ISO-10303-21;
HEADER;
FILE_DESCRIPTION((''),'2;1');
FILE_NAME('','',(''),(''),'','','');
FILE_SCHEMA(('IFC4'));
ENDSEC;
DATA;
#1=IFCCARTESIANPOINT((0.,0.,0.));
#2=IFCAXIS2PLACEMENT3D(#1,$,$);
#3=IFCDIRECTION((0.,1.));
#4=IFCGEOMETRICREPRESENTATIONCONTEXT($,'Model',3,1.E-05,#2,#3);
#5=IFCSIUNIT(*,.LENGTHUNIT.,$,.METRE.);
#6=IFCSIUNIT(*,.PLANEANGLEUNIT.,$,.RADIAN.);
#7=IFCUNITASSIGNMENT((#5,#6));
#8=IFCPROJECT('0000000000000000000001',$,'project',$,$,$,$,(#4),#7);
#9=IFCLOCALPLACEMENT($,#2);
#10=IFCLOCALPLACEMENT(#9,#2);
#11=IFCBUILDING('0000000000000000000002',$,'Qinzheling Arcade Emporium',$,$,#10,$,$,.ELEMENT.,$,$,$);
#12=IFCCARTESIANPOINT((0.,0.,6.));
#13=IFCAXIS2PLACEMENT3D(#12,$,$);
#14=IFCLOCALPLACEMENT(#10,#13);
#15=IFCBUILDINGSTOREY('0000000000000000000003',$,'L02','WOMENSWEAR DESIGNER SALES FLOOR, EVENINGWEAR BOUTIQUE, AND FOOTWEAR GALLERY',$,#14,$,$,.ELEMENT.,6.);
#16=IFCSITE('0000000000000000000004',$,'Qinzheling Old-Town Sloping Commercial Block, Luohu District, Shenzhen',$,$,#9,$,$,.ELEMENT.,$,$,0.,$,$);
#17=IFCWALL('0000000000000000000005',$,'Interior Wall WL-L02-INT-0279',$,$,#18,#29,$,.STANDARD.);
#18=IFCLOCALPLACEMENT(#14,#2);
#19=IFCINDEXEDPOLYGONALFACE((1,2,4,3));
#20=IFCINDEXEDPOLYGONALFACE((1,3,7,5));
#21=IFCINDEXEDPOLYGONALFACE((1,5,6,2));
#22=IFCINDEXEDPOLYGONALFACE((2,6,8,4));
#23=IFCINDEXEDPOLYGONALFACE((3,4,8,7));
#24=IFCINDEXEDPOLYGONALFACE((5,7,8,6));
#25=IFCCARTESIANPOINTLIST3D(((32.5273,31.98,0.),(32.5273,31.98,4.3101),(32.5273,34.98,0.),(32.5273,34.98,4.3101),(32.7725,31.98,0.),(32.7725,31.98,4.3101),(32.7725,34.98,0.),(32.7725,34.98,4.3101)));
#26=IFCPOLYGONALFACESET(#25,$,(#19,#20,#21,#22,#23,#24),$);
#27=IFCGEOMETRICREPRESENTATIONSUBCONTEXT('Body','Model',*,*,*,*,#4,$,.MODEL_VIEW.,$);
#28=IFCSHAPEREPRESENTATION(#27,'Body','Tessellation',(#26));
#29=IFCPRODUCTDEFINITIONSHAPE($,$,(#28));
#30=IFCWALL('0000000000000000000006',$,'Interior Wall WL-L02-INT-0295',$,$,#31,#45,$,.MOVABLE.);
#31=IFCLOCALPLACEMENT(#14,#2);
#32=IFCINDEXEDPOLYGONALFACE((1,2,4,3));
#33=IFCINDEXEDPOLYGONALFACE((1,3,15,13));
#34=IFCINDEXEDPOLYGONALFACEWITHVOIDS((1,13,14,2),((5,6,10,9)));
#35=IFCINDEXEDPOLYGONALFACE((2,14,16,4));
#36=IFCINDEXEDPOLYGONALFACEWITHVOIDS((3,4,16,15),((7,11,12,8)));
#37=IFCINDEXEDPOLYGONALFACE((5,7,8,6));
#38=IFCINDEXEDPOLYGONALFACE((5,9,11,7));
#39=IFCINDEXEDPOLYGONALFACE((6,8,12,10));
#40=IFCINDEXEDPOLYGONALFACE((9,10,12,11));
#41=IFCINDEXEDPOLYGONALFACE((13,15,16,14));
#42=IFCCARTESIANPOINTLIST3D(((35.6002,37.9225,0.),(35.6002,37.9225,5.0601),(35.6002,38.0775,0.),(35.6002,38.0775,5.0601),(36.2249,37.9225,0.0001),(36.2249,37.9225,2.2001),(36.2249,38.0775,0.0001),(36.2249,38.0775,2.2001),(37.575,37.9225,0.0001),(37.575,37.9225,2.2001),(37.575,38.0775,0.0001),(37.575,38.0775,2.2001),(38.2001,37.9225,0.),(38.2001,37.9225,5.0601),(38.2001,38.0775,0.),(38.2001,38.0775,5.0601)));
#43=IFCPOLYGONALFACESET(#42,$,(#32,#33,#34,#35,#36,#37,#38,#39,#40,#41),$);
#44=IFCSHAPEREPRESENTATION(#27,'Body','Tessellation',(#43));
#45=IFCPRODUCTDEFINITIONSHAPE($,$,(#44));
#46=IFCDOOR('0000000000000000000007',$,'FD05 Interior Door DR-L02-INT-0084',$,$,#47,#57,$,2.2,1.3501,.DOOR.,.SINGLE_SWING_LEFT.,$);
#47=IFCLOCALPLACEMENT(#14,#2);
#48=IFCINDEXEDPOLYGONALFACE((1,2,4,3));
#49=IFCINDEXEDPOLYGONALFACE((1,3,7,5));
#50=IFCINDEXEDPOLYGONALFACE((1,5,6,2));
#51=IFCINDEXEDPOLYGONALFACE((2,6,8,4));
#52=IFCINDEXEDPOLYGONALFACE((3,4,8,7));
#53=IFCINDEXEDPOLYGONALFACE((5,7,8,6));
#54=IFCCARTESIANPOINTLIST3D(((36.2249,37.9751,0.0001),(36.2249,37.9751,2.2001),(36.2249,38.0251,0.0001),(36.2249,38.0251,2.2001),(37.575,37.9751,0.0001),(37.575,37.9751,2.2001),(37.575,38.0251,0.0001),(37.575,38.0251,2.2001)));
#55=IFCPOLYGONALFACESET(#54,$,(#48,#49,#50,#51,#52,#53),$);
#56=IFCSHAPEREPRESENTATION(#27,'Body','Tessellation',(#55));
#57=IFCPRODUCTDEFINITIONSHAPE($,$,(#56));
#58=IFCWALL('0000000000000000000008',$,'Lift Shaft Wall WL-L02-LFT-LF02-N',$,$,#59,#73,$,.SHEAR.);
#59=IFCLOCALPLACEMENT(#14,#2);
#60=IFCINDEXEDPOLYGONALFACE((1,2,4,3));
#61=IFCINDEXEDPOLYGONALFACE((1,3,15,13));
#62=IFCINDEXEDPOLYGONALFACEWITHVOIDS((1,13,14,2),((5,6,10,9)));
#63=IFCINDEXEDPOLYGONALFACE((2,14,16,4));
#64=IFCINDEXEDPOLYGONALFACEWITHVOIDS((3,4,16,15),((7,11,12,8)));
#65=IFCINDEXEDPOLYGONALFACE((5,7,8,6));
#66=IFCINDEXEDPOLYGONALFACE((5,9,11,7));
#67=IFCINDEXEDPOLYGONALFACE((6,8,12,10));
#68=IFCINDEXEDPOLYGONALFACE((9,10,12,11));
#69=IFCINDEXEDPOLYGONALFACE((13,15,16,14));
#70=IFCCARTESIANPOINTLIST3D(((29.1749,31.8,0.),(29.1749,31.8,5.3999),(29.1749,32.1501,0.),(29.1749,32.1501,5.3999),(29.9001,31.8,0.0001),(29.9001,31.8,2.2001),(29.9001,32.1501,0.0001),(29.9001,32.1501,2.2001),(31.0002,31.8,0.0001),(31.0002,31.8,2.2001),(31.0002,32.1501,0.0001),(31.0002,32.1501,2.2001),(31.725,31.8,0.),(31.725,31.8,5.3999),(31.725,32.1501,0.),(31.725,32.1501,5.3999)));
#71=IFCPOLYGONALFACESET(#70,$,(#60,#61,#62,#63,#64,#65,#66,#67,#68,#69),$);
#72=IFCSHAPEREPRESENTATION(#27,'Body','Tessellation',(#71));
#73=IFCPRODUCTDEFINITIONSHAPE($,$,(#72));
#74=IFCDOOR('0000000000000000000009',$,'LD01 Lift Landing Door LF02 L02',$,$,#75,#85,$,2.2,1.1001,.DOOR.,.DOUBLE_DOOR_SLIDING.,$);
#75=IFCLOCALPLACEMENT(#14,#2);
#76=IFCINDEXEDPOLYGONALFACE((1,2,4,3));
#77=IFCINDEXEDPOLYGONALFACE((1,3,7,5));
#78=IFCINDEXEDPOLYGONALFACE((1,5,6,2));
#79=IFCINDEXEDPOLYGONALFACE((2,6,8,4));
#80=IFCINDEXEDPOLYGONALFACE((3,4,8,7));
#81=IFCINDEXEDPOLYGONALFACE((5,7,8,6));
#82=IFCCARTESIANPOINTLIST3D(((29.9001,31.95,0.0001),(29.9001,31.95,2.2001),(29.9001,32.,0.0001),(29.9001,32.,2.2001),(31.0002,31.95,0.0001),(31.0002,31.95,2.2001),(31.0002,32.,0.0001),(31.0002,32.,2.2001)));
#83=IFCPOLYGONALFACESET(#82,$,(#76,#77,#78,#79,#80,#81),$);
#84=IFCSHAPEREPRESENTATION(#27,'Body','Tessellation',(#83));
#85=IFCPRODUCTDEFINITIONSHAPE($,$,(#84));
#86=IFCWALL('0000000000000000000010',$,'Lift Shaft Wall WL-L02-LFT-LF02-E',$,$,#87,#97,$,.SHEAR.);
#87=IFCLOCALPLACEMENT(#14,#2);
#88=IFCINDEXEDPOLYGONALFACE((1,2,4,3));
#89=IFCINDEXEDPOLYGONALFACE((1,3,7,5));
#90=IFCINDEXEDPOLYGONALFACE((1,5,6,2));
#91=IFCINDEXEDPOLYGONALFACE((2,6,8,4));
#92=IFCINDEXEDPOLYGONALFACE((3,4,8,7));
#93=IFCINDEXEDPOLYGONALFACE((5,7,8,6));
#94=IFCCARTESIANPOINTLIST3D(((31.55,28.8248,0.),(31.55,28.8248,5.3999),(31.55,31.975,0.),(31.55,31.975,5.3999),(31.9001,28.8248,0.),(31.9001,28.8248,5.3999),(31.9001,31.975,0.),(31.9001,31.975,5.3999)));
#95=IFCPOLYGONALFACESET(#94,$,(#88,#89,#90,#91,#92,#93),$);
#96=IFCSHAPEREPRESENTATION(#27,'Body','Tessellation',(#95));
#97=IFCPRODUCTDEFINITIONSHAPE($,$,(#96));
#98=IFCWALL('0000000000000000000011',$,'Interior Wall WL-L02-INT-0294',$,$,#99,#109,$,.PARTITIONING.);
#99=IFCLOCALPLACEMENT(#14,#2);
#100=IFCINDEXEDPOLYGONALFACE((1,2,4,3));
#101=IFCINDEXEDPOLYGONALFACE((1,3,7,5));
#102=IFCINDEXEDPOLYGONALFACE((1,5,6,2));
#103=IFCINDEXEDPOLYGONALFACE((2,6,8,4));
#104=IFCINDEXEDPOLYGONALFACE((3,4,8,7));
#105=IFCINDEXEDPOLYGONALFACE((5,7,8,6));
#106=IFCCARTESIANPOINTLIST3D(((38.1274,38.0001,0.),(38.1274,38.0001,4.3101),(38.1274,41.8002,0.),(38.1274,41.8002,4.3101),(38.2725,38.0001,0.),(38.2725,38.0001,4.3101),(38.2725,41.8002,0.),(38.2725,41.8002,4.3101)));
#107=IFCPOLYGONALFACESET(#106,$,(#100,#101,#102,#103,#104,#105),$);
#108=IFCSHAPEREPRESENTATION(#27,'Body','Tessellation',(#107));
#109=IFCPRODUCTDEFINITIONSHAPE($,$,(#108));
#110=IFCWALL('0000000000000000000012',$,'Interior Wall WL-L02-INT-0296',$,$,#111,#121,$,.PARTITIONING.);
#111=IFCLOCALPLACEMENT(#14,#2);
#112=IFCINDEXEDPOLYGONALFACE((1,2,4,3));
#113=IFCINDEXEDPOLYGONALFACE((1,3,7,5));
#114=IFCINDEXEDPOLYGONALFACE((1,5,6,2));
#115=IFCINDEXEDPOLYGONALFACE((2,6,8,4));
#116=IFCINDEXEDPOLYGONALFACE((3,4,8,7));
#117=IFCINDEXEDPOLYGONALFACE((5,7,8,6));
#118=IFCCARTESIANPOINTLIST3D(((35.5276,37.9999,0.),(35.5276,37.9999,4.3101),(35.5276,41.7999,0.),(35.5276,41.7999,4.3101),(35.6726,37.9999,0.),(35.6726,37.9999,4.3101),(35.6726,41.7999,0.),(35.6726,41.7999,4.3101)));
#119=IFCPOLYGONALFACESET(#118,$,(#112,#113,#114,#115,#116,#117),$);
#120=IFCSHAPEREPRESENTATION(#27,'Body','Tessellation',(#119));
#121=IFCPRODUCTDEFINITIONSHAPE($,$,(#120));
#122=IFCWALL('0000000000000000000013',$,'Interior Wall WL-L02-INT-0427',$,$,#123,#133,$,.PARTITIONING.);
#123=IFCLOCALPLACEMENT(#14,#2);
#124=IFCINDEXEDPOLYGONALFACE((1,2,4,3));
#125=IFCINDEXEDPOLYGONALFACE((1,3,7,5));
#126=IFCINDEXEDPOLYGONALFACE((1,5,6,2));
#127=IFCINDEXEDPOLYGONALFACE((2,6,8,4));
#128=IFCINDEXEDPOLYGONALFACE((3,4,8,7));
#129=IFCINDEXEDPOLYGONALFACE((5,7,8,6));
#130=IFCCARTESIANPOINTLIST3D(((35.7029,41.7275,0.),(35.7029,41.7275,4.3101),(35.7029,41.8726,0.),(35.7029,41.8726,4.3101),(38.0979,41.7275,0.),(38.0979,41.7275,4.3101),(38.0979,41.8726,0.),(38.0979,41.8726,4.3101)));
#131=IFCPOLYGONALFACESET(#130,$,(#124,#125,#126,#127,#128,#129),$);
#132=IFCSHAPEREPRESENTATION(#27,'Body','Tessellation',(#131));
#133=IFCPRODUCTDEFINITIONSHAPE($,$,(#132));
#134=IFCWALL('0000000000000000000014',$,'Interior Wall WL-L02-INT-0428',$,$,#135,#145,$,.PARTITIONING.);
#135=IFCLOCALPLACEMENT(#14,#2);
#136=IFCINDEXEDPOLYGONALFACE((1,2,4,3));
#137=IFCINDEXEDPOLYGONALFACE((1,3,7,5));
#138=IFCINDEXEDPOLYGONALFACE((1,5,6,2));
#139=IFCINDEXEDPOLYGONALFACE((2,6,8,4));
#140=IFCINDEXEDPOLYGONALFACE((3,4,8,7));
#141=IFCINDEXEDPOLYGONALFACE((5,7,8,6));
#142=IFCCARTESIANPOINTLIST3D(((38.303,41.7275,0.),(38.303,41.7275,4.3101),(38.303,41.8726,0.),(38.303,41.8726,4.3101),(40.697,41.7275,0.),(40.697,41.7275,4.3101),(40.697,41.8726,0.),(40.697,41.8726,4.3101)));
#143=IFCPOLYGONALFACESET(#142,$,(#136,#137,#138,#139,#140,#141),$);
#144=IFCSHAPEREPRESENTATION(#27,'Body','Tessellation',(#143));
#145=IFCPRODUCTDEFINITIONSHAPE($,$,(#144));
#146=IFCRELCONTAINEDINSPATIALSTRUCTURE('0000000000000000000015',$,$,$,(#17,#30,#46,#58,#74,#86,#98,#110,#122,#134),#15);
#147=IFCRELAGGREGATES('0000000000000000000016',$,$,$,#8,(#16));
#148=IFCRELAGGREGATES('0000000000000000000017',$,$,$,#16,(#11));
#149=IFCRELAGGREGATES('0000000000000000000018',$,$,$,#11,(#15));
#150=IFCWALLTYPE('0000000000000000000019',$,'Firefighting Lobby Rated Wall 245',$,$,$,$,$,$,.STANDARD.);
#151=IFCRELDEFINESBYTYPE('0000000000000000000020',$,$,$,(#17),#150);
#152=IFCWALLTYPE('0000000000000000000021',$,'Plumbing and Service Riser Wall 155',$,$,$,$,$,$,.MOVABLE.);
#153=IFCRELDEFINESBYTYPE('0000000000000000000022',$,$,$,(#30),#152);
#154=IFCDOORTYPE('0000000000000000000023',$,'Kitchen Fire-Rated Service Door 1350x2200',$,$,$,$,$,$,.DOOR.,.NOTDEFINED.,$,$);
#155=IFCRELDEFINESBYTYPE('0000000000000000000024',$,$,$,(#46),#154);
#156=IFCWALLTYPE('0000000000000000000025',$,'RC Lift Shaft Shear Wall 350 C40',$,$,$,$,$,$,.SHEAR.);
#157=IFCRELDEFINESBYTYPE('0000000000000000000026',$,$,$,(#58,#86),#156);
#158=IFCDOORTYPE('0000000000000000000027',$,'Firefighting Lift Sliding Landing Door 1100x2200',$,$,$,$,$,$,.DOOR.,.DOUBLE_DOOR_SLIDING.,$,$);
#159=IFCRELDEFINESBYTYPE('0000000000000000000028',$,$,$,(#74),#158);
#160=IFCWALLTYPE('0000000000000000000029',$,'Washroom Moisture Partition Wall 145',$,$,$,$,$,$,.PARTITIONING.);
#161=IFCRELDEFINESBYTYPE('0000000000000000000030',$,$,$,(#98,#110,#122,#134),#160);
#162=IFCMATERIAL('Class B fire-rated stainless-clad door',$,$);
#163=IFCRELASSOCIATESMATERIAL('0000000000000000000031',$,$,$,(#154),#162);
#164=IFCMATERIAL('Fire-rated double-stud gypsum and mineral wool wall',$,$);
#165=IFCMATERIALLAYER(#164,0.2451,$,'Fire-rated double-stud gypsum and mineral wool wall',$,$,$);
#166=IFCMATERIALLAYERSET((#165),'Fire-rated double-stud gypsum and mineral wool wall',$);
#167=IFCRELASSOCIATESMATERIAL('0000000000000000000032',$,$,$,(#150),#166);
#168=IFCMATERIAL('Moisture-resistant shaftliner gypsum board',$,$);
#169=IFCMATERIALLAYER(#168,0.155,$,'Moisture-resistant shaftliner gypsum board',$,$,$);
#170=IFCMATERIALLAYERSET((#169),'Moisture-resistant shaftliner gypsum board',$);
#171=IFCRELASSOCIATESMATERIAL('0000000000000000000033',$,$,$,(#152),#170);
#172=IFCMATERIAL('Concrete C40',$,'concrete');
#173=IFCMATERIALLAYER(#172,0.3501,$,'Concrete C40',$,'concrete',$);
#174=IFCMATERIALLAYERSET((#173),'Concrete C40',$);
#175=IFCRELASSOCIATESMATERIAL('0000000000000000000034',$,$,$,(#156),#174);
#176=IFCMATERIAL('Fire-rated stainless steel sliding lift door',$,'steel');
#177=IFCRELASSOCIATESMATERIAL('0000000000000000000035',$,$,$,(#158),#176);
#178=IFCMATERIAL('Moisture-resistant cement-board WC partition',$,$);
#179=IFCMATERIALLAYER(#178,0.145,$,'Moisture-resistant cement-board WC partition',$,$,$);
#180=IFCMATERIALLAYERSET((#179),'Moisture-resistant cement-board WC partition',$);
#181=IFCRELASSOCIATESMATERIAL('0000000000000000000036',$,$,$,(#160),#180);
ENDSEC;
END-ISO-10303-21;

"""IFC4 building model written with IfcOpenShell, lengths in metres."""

from ifc_helpers import new_model, si_unit, direction, frame, frame_2d, origin, place, context, subcontext, project, spatial, rectangle, extrude, material, layer, layer_set, type_object, element, fill, save


model = new_model("IFC4")

# Units and contexts
model_context = context("Model", 3, precision=1e-05, world=origin(), true_north=direction((0.0, 1.0)))
body_context = subcontext(model_context, "Body", "Model", "MODEL_VIEW")
ifc_project = project(units=[si_unit("LENGTHUNIT", "METRE"), si_unit("PLANEANGLEUNIT", "RADIAN")], contexts=[model_context])

# Site, building, storey
site_placement = place(None, origin())
site = spatial("IfcSite", under=ifc_project, at=site_placement, Name="Qinzheling Old-Town Sloping Commercial Block, Luohu District, Shenzhen", CompositionType="ELEMENT", RefElevation=0.0)
building_placement = place(site_placement, origin())
building = spatial("IfcBuilding", under=site, at=building_placement, Name="Qinzheling Arcade Emporium", CompositionType="ELEMENT")
storey_placement = place(building_placement, frame((0.0, 0.0, 6.0)))
storey = spatial("IfcBuildingStorey", under=building, at=storey_placement, Name="L02", Description="WOMENSWEAR DESIGNER SALES FLOOR, EVENINGWEAR BOUTIQUE, AND FOOTWEAR GALLERY", CompositionType="ELEMENT", Elevation=6.0)

# Shared definitions
ifc_material_1 = material(Name="Concrete C40", Category="concrete")

# Shared definitions
ifc_material_2 = material(Name="Class B fire-rated stainless-clad door")
door_type_1 = type_object("IfcDoorType", Name="Kitchen Fire-Rated Service Door 1350x2200", OperationType="NOTDEFINED", PredefinedType="DOOR", material=ifc_material_2)
ifc_material_3 = material(Name="Fire-rated double-stud gypsum and mineral wool wall")
ifc_layer_1 = layer(ifc_material_3, 0.2451, Name="Fire-rated double-stud gypsum and mineral wool wall")
ifc_layer_set_1 = layer_set([ifc_layer_1], Name="Fire-rated double-stud gypsum and mineral wool wall")
wall_type_1 = type_object("IfcWallType", Name="Firefighting Lobby Rated Wall 245", PredefinedType="STANDARD", material=ifc_layer_set_1)

# Wall
for number, where, z_axis, x_axis, name in (
    (1, (32.6499, 34.98, 0.0), (0.0, 0.0, 1.0), (0.0, -1.0, 0.0), "Interior Wall WL-L02-INT-0279"),
):
    element("IfcWall", number, at=place(storey_placement, frame(where, z_axis=z_axis, x_axis=x_axis)), inside=storey, type_object=wall_type_1, Name=name, PredefinedType="STANDARD", context=body_context, shape_type="SweptSolid", body=[
        extrude(rectangle(XDim=3.0, YDim=0.2451, at=frame_2d((1.5, 0.0))), origin(), (0.0, 0.0, 1.0), 4.3101),
    ])

# Walls, openings, doors
ifc_material_4 = material(Name="Moisture-resistant shaftliner gypsum board")
ifc_layer_2 = layer(ifc_material_4, 0.155, Name="Moisture-resistant shaftliner gypsum board")
ifc_layer_set_2 = layer_set([ifc_layer_2], Name="Moisture-resistant shaftliner gypsum board")
wall_type_2 = type_object("IfcWallType", Name="Plumbing and Service Riser Wall 155", PredefinedType="MOVABLE", material=ifc_layer_set_2)
wall_1_placement = place(storey_placement, frame((38.2, 38.0, 0.0), z_axis=(0.0, 0.0, 1.0), x_axis=(-1.0, 0.0, 0.0)))
wall_1 = element("IfcWall", 2, at=wall_1_placement, inside=storey, type_object=wall_type_2, Name="Interior Wall WL-L02-INT-0295", PredefinedType="MOVABLE", context=body_context, shape_type="SweptSolid", body=[
    extrude(rectangle(XDim=2.5999, YDim=0.155, at=frame_2d((1.2998, 0.0))), origin(), (0.0, 0.0, 1.0), 5.0601),
])
opening_1_placement = place(wall_1_placement, frame((0.625, 0.0, 0.0)))
opening_1 = element("IfcOpeningElement", 3, at=opening_1_placement, cuts=wall_1, PredefinedType="OPENING", context=body_context, shape_type="SweptSolid", body=[
    extrude(rectangle(XDim=1.3501, YDim=2.2, at=frame_2d((0.675, 1.1001))), frame((0.0, 0.0874, 0.0), z_axis=(0.0, -1.0, 0.0), x_axis=(1.0, 0.0, 0.0)), (0.0, 0.0, 1.0), 0.175),
])
door_1_placement = place(opening_1_placement, origin())
door_1 = element("IfcDoor", 4, at=door_1_placement, inside=storey, type_object=door_type_1, Name="FD05 Interior Door DR-L02-INT-0084", OperationType="SINGLE_SWING_LEFT", OverallHeight=2.2, OverallWidth=1.3501, PredefinedType="DOOR", context=body_context, shape_type="SweptSolid", body=[
    extrude(rectangle(XDim=1.3501, YDim=2.2, at=frame_2d((0.675, 1.1001))), frame((0.0, 0.0249, 0.0), z_axis=(0.0, -1.0, 0.0), x_axis=(1.0, 0.0, 0.0)), (0.0, 0.0, 1.0), 0.05),
])
fill(opening_1, door_1)
ifc_layer_3 = layer(ifc_material_1, 0.3501, Name="Concrete C40", Category="concrete")
ifc_layer_set_3 = layer_set([ifc_layer_3], Name="Concrete C40")
wall_type_3 = type_object("IfcWallType", Name="RC Lift Shaft Shear Wall 350 C40", PredefinedType="SHEAR", material=ifc_layer_set_3)
wall_2_placement = place(storey_placement, frame((29.175, 31.9751, 0.0), z_axis=(0.0, 0.0, 1.0), x_axis=(1.0, 0.0, 0.0)))
wall_2 = element("IfcWall", 5, at=wall_2_placement, inside=storey, type_object=wall_type_3, Name="Lift Shaft Wall WL-L02-LFT-LF02-N", PredefinedType="SHEAR", context=body_context, shape_type="SweptSolid", body=[
    extrude(rectangle(XDim=2.55, YDim=0.3501, at=frame_2d((1.2749, 0.0))), origin(), (0.0, 0.0, 1.0), 5.3999),
])
opening_2_placement = place(wall_2_placement, frame((0.7251, 0.0, 0.0)))
opening_2 = element("IfcOpeningElement", 6, at=opening_2_placement, cuts=wall_2, PredefinedType="OPENING", context=body_context, shape_type="SweptSolid", body=[
    extrude(rectangle(XDim=1.1001, YDim=2.2, at=frame_2d((0.55, 1.1001))), frame((0.0, 0.1851, 0.0), z_axis=(0.0, -1.0, 0.0), x_axis=(1.0, 0.0, 0.0)), (0.0, 0.0, 1.0), 0.3701),
])
ifc_material_5 = material(Name="Fire-rated stainless steel sliding lift door", Category="steel")
door_type_2 = type_object("IfcDoorType", Name="Firefighting Lift Sliding Landing Door 1100x2200", OperationType="DOUBLE_DOOR_SLIDING", PredefinedType="DOOR", material=ifc_material_5)
door_2_placement = place(opening_2_placement, origin())
door_2 = element("IfcDoor", 7, at=door_2_placement, inside=storey, type_object=door_type_2, Name="LD01 Lift Landing Door LF02 L02", OperationType="DOUBLE_DOOR_SLIDING", OverallHeight=2.2, OverallWidth=1.1001, PredefinedType="DOOR", context=body_context, shape_type="SweptSolid", body=[
    extrude(rectangle(XDim=1.1001, YDim=2.2, at=frame_2d((0.55, 1.1001))), frame((0.0, 0.0249, 0.0), z_axis=(0.0, -1.0, 0.0), x_axis=(1.0, 0.0, 0.0)), (0.0, 0.0, 1.0), 0.05),
])
fill(opening_2, door_2)

# Walls
wall_3_placement = place(storey_placement, frame((31.7251, 31.9751, 0.0), z_axis=(0.0, 0.0, 1.0), x_axis=(0.0, -1.0, 0.0)))
element("IfcWall", 8, at=wall_3_placement, inside=storey, type_object=wall_type_3, Name="Lift Shaft Wall WL-L02-LFT-LF02-E", PredefinedType="SHEAR", context=body_context, shape_type="SweptSolid", body=[
    extrude(rectangle(XDim=3.1501, YDim=0.3501, at=frame_2d((1.5752, 0.0))), origin(), (0.0, 0.0, 1.0), 5.3999),
])
ifc_material_6 = material(Name="Moisture-resistant cement-board WC partition")
ifc_layer_4 = layer(ifc_material_6, 0.145, Name="Moisture-resistant cement-board WC partition")
ifc_layer_set_4 = layer_set([ifc_layer_4], Name="Moisture-resistant cement-board WC partition")
wall_type_4 = type_object("IfcWallType", Name="Washroom Moisture Partition Wall 145", PredefinedType="PARTITIONING", material=ifc_layer_set_4)
for number, where, z_axis, x_axis, name in (
    (9, (38.2, 41.8, 0.0), (0.0, 0.0, 1.0), (0.0, -1.0, 0.0), "Interior Wall WL-L02-INT-0294"),
    (10, (35.6001, 38.0, 0.0), (0.0, 0.0, 1.0), (0.0, 1.0, 0.0), "Interior Wall WL-L02-INT-0296"),
):
    element("IfcWall", number, at=place(storey_placement, frame(where, z_axis=z_axis, x_axis=x_axis)), inside=storey, type_object=wall_type_4, Name=name, PredefinedType="PARTITIONING", context=body_context, shape_type="SweptSolid", body=[
        extrude(rectangle(XDim=3.8, YDim=0.145, at=frame_2d((1.8999, 0.0))), origin(), (0.0, 0.0, 1.0), 4.3101),
    ])
wall_4_placement = place(storey_placement, frame((35.7029, 41.8, 0.0), z_axis=(0.0, 0.0, 1.0), x_axis=(1.0, 0.0, 0.0)))
element("IfcWall", 11, at=wall_4_placement, inside=storey, type_object=wall_type_4, Name="Interior Wall WL-L02-INT-0427", PredefinedType="PARTITIONING", context=body_context, shape_type="SweptSolid", body=[
    extrude(rectangle(XDim=2.395, YDim=0.145, at=frame_2d((1.1975, 0.0))), origin(), (0.0, 0.0, 1.0), 4.3101),
])
wall_5_placement = place(storey_placement, frame((38.303, 41.8, 0.0), z_axis=(0.0, 0.0, 1.0), x_axis=(1.0, 0.0, 0.0)))
element("IfcWall", 12, at=wall_5_placement, inside=storey, type_object=wall_type_4, Name="Interior Wall WL-L02-INT-0428", PredefinedType="PARTITIONING", context=body_context, shape_type="SweptSolid", body=[
    extrude(rectangle(XDim=2.394, YDim=0.145, at=frame_2d((1.197, 0.0))), origin(), (0.0, 0.0, 1.0), 4.3101),
])

save(model, "model.ifc")
